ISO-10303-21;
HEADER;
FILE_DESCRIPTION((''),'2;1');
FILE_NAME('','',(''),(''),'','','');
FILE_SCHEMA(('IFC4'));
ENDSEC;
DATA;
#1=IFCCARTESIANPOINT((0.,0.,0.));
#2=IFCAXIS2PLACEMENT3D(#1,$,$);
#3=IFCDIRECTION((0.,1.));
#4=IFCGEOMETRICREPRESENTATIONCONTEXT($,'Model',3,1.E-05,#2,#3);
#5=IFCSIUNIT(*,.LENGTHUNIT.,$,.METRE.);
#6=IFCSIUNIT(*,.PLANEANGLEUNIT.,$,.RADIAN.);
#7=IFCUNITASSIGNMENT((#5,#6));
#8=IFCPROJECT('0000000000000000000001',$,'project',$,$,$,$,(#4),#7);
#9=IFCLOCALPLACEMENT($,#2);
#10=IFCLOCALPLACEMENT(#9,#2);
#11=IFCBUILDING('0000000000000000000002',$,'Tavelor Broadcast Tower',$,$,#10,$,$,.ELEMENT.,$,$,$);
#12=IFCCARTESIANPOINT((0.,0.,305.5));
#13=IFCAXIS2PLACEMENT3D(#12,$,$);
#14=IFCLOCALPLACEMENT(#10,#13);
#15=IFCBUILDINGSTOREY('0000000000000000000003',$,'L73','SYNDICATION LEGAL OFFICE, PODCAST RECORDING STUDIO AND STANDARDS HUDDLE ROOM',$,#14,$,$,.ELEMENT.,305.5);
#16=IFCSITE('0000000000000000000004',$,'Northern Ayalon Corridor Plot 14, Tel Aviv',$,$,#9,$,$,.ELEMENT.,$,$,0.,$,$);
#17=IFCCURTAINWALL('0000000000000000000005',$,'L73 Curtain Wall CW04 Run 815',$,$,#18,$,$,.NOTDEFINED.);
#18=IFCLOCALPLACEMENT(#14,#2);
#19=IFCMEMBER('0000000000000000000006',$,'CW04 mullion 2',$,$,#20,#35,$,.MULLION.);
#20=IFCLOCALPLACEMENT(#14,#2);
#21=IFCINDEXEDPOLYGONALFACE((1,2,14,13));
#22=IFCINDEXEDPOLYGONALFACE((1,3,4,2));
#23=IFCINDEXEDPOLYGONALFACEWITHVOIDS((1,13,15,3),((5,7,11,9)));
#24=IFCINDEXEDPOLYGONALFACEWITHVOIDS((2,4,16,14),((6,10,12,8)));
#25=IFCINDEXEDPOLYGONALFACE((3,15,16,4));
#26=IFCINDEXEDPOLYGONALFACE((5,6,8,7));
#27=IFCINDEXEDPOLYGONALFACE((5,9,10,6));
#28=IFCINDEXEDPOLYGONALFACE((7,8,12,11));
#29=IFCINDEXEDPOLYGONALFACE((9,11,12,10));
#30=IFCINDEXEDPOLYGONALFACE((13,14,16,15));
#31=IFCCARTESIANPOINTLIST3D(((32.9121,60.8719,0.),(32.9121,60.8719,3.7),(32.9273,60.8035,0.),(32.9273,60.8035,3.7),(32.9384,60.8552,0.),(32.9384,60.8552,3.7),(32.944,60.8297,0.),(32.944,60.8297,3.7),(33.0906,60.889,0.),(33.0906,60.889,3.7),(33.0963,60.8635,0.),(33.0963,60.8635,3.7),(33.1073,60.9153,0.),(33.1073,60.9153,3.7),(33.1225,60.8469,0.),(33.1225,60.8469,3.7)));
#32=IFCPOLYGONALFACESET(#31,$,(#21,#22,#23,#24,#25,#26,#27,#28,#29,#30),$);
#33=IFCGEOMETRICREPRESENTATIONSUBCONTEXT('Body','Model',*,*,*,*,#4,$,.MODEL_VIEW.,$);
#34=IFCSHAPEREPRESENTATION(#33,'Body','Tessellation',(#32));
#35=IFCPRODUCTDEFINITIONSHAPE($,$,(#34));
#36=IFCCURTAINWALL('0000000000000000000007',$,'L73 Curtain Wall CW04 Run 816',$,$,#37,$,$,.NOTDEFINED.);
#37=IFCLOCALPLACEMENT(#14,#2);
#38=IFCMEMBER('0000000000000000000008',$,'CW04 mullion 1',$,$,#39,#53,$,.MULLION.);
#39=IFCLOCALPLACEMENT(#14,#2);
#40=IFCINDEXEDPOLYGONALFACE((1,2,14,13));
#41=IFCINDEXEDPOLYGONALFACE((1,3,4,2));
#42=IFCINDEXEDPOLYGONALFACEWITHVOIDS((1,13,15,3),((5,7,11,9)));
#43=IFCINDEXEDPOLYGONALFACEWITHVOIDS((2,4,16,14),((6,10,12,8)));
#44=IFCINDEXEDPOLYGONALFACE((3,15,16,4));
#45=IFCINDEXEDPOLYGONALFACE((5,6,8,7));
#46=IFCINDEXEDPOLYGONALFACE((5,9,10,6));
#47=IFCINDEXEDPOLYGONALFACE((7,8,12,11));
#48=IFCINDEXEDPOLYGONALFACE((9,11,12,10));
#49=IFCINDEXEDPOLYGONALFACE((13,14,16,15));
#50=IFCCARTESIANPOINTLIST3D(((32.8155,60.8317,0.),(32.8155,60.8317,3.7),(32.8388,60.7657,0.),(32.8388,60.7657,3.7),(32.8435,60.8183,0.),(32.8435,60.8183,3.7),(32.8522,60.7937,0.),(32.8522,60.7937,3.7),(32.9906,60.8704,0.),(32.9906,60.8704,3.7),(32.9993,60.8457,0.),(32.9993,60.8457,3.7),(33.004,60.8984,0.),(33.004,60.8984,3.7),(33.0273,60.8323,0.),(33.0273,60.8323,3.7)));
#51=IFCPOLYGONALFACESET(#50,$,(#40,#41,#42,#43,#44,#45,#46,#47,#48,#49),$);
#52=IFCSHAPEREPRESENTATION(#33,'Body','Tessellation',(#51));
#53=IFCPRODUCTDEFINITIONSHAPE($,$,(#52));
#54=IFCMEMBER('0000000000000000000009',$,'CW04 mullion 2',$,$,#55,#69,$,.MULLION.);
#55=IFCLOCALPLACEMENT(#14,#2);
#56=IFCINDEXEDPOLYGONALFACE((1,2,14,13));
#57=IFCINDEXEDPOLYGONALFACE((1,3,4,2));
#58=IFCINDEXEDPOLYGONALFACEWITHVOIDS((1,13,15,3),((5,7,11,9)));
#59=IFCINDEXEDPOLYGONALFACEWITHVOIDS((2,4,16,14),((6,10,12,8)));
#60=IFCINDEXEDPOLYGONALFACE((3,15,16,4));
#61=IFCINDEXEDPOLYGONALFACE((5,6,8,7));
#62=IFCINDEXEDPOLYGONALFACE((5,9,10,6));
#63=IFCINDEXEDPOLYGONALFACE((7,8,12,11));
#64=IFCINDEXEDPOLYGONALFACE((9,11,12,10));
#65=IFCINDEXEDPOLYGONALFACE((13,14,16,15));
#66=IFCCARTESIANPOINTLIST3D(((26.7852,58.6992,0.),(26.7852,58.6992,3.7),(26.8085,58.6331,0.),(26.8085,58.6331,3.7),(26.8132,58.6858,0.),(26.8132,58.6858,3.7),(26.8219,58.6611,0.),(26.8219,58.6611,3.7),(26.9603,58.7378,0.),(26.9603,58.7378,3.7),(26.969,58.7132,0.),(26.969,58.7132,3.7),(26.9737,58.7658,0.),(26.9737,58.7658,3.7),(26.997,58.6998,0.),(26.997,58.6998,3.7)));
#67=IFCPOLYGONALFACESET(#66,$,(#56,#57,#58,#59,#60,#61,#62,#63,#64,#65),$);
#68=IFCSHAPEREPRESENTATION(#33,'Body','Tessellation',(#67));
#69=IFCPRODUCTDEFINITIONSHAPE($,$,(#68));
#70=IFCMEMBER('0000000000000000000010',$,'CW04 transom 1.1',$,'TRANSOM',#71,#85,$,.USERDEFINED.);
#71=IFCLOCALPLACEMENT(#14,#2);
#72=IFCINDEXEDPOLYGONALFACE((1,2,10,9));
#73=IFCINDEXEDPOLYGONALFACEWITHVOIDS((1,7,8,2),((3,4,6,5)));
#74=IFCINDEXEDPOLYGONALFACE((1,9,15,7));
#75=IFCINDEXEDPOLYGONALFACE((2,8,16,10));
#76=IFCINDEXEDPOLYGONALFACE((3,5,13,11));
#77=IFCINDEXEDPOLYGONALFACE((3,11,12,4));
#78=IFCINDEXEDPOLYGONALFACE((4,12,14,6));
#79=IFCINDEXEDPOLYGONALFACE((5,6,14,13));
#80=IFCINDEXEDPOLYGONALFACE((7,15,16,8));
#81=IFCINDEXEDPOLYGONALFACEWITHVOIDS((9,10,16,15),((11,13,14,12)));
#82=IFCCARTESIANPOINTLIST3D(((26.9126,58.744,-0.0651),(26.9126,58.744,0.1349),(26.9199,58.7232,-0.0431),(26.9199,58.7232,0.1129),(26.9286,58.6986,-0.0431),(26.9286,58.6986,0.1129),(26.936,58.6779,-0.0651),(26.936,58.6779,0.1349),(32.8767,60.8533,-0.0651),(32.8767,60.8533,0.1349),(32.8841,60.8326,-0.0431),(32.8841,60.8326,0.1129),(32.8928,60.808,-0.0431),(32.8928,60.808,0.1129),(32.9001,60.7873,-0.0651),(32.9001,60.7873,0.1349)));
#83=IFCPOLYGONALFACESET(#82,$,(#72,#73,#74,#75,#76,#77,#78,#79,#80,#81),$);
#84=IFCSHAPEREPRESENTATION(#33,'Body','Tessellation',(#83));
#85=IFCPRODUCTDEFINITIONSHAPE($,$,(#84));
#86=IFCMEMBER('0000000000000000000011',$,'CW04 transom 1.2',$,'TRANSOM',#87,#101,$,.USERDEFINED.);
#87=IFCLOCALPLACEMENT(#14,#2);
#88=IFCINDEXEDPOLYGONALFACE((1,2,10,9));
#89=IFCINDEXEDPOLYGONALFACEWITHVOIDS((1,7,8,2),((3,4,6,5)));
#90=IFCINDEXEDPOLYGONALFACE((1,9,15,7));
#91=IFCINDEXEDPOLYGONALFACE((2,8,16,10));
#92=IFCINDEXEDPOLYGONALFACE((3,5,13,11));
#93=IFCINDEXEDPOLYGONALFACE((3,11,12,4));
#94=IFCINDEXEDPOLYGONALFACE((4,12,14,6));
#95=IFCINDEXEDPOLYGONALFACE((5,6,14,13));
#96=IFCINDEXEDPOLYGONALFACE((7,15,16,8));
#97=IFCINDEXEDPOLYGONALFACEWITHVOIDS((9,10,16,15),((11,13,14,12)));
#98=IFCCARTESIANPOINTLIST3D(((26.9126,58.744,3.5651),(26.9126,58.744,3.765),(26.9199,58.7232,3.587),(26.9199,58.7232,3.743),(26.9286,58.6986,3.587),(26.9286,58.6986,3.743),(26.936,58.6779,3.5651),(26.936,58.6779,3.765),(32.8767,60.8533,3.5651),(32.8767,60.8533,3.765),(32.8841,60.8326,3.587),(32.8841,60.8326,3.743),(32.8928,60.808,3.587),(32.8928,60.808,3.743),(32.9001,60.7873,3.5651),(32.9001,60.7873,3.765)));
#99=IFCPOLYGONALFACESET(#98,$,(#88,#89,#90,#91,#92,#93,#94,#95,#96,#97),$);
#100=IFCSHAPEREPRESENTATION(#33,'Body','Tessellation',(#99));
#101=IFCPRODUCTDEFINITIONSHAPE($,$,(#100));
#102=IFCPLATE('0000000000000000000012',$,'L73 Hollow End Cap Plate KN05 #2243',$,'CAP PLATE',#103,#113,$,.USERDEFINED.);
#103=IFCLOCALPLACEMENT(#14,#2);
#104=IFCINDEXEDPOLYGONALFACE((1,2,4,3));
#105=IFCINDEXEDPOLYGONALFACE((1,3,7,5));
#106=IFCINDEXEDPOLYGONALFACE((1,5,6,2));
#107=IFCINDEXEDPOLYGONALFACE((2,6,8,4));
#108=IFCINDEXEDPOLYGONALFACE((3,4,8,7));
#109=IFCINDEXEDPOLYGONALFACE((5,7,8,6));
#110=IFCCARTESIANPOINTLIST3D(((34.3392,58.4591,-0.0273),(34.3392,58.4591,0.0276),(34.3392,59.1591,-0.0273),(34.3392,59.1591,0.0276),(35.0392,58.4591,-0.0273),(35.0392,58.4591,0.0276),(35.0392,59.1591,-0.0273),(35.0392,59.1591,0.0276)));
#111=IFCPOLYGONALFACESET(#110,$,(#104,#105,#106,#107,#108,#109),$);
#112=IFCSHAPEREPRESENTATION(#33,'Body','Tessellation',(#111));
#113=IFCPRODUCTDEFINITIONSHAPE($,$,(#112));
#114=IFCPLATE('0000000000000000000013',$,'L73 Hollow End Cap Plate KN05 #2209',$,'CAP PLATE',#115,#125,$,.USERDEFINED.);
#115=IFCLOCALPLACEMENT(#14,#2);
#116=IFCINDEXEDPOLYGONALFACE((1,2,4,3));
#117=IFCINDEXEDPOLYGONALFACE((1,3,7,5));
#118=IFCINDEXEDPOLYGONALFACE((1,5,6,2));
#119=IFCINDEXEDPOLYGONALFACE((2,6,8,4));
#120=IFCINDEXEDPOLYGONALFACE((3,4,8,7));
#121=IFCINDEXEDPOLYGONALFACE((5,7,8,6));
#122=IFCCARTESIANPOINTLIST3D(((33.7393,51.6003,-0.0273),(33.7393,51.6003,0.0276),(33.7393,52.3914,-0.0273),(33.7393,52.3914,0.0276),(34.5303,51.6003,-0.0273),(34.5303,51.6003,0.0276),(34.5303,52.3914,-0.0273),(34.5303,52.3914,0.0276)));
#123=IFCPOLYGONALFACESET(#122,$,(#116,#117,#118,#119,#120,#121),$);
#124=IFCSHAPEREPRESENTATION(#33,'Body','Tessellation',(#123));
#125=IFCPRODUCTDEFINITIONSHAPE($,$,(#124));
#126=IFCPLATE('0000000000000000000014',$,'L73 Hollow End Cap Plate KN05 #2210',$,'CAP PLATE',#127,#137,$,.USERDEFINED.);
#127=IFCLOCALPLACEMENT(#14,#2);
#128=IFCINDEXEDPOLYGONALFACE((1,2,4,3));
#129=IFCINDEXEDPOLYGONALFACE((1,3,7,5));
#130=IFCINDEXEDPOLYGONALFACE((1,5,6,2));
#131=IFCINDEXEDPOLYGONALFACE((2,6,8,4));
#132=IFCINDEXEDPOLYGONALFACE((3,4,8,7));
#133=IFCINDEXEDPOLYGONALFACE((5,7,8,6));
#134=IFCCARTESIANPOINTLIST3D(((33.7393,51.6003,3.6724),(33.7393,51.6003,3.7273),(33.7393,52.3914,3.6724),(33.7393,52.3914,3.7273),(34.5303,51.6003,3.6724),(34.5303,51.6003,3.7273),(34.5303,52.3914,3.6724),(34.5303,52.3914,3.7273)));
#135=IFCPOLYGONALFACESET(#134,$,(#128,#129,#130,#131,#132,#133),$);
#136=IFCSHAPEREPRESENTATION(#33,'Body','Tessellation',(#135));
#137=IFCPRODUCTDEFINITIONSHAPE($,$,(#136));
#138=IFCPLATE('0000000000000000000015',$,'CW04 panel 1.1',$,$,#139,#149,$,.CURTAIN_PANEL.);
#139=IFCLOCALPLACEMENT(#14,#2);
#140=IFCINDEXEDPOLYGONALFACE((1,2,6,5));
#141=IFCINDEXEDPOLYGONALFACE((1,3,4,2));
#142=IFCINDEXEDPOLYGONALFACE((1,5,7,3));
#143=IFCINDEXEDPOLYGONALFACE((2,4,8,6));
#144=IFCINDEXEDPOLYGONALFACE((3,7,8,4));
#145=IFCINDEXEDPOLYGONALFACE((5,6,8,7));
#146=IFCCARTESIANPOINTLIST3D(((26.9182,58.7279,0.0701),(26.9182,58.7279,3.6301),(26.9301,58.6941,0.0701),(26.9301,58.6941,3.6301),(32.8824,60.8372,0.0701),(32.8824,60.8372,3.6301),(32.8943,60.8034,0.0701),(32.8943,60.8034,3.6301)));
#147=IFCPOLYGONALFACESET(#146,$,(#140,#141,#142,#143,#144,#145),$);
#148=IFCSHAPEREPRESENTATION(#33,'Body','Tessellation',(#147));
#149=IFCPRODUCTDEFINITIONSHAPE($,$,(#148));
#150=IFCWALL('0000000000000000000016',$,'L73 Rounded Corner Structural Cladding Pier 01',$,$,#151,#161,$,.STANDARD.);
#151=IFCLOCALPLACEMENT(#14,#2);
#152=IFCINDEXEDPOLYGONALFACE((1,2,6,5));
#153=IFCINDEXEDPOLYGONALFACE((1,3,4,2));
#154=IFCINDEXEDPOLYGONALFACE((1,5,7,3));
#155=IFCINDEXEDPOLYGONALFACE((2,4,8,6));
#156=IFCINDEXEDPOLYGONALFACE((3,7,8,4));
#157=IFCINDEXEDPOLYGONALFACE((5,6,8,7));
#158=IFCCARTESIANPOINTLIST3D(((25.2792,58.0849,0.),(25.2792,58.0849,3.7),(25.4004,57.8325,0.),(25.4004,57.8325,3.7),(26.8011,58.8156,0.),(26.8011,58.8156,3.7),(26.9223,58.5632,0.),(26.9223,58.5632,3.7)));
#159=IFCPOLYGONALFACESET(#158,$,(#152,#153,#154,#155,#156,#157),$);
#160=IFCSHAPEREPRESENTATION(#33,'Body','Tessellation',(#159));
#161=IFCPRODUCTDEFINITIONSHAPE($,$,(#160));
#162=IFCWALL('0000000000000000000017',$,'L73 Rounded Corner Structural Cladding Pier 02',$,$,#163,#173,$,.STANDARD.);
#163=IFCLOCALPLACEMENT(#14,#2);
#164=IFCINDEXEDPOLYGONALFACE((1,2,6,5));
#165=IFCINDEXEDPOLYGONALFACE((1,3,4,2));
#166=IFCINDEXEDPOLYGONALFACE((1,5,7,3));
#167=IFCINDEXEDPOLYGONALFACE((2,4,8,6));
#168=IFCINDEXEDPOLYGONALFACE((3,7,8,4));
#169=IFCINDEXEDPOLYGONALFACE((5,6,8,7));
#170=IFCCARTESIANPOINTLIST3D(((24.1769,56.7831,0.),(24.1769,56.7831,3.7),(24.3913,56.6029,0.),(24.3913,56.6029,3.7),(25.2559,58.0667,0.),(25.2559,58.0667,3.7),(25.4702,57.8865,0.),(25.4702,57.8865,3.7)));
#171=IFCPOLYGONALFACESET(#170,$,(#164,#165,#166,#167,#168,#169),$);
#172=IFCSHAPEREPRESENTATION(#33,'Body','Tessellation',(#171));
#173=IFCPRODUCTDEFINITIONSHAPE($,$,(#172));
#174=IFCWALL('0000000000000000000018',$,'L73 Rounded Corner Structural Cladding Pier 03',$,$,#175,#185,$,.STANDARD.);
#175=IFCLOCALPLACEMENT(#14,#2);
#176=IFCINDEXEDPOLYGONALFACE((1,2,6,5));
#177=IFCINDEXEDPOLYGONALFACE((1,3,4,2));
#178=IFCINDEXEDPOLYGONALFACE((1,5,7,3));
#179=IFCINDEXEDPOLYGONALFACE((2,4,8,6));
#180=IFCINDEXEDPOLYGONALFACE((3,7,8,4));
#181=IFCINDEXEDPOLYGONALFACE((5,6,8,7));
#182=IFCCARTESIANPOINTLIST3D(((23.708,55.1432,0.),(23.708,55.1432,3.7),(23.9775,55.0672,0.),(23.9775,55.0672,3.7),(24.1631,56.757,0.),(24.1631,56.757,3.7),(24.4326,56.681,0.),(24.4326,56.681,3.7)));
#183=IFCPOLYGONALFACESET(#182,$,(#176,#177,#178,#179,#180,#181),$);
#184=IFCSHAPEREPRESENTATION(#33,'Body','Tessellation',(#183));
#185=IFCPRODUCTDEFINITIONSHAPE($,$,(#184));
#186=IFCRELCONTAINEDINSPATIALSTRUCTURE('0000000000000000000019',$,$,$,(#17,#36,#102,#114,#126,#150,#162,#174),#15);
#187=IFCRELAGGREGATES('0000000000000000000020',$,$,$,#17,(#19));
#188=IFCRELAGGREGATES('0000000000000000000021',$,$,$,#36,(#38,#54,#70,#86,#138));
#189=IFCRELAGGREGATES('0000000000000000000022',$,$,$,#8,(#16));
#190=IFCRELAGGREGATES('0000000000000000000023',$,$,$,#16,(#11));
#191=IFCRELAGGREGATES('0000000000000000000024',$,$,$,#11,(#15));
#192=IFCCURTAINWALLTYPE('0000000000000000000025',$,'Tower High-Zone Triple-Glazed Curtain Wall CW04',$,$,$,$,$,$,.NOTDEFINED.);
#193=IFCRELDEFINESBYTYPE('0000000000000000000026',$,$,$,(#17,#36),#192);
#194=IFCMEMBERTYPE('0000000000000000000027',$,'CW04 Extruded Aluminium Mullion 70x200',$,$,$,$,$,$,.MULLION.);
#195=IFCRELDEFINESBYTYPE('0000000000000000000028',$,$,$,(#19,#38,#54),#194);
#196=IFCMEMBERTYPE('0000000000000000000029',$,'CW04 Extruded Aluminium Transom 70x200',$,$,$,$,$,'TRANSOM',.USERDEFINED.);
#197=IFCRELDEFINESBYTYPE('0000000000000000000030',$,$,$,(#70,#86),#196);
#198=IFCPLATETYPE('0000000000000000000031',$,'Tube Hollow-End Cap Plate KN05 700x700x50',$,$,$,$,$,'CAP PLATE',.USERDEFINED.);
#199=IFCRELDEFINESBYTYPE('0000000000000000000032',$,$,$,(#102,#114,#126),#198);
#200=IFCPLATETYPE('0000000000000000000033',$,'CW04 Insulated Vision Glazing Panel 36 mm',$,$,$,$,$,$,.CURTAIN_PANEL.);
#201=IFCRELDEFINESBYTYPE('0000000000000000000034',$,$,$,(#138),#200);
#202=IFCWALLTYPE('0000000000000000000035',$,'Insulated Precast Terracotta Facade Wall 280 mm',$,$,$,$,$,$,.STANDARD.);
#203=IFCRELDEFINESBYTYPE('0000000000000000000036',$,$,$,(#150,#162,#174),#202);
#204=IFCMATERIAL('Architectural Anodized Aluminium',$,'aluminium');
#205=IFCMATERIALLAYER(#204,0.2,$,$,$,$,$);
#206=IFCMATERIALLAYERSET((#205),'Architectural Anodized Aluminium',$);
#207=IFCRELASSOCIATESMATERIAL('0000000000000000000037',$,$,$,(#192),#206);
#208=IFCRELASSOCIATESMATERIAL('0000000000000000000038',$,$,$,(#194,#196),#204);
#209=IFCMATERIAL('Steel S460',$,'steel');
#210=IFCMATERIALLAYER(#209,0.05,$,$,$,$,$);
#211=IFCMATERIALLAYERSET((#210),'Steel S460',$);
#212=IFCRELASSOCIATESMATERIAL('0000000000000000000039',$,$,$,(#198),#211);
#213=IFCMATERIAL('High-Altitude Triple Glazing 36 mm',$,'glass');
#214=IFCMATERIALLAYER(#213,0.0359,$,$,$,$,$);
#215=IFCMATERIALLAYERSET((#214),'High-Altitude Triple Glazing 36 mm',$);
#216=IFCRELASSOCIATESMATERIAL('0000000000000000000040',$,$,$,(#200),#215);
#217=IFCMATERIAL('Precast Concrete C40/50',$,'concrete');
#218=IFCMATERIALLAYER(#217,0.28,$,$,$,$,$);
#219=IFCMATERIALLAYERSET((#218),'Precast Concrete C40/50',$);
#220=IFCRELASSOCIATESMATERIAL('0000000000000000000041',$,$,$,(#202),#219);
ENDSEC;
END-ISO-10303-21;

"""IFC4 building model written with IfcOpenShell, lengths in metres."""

from ifc_helpers import new_model, si_unit, direction, frame, frame_2d, origin, origin_2d, place, context, subcontext, project, spatial, rectangle, hollow_rectangle, extrude, source, transform, mapped, material, layer, layer_set, material_profile, profile_set, type_object, type_shapes, element, aggregate, save


model = new_model("IFC4")

# Units and contexts
model_context = context("Model", 3, precision=1e-05, world=origin(), true_north=direction((0.0, 1.0)))
body_context = subcontext(model_context, "Body", "Model", "MODEL_VIEW")
ifc_project = project(units=[si_unit("LENGTHUNIT", "METRE"), si_unit("PLANEANGLEUNIT", "RADIAN")], contexts=[model_context])

# Site, building, storey
site_placement = place(None, origin())
site = spatial("IfcSite", under=ifc_project, at=site_placement, Name="Northern Ayalon Corridor Plot 14, Tel Aviv", CompositionType="ELEMENT", RefElevation=0.0)
building_placement = place(site_placement, origin())
building = spatial("IfcBuilding", under=site, at=building_placement, Name="Tavelor Broadcast Tower", CompositionType="ELEMENT")
storey_placement = place(building_placement, frame((0.0, 0.0, 305.5)))
storey = spatial("IfcBuildingStorey", under=building, at=storey_placement, Name="L73", Description="SYNDICATION LEGAL OFFICE, PODCAST RECORDING STUDIO AND STANDARDS HUDDLE ROOM", CompositionType="ELEMENT", Elevation=305.5)

# Shared definitions
ifc_material_1 = material(Name="Steel S460", Category="steel")

# Curtain wall, member
ifc_material_2 = material(Name="Architectural Anodized Aluminium", Category="aluminium")
ifc_layer_1 = layer(ifc_material_2, 0.2)
ifc_layer_set_1 = layer_set([ifc_layer_1], Name="Architectural Anodized Aluminium")
curtain_wall_type = type_object("IfcCurtainWallType", Name="Tower High-Zone Triple-Glazed Curtain Wall CW04", PredefinedType="NOTDEFINED", material=ifc_layer_set_1)
curtain_wall_1_placement = place(storey_placement, origin())
curtain_wall_1 = element("IfcCurtainWall", 1, at=curtain_wall_1_placement, inside=storey, type_object=curtain_wall_type, Name="L73 Curtain Wall CW04 Run 815", PredefinedType="NOTDEFINED")
ifc_material_profile_1 = material_profile(ifc_material_2, hollow_rectangle(XDim=0.0701, YDim=0.2, WallThickness=0.022, at=origin_2d()), Name="RHS 70x200x22")
ifc_profile_set_1 = profile_set([ifc_material_profile_1], Name="Architectural Anodized Aluminium")
member_type_1 = type_object("IfcMemberType", Name="CW04 Extruded Aluminium Mullion 70x200", PredefinedType="MULLION", material=ifc_profile_set_1)
shared_shape_1 = source(origin(), body_context, "Body", "SweptSolid", [
    extrude(hollow_rectangle(XDim=0.0701, YDim=0.2, WallThickness=0.022, at=origin_2d()), origin(), (0.0, 0.0, 1.0), 3.7),
])
type_shapes(member_type_1, [shared_shape_1])
member_1_placement = place(storey_placement, frame((33.0173, 60.8594, 0.0), z_axis=(0.0, 0.0, 1.0), x_axis=(0.216876, -0.976199, 0.0)))
member_1 = element("IfcMember", 2, at=member_1_placement, type_object=member_type_1, Name="CW04 mullion 2", PredefinedType="MULLION", context=body_context, shape_type="MappedRepresentation", body=[
    mapped(shared_shape_1, transform((0.0, 0.0, 0.0), scale=1.0)),
])
aggregate(curtain_wall_1, [member_1])

# Curtain wall, members
curtain_wall_2_placement = place(storey_placement, origin())
curtain_wall_2 = element("IfcCurtainWall", 3, at=curtain_wall_2_placement, inside=storey, type_object=curtain_wall_type, Name="L73 Curtain Wall CW04 Run 816", PredefinedType="NOTDEFINED")
member_2_placement = place(storey_placement, frame((32.9214, 60.832, 0.0), z_axis=(0.0, 0.0, 1.0), x_axis=(0.333425, -0.942777, 0.0)))
member_2 = element("IfcMember", 4, at=member_2_placement, type_object=member_type_1, Name="CW04 mullion 1", PredefinedType="MULLION", context=body_context, shape_type="MappedRepresentation", body=[
    mapped(shared_shape_1, transform((0.0, 0.0, 0.0), scale=1.0)),
])
member_3_placement = place(storey_placement, frame((26.8911, 58.6995, 0.0), z_axis=(0.0, 0.0, 1.0), x_axis=(0.333425, -0.942777, 0.0)))
member_3 = element("IfcMember", 5, at=member_3_placement, type_object=member_type_1, Name="CW04 mullion 2", PredefinedType="MULLION", context=body_context, shape_type="MappedRepresentation", body=[
    mapped(shared_shape_1, transform((0.0, 0.0, 0.0), scale=1.0)),
])
ifc_material_profile_2 = material_profile(ifc_material_2, hollow_rectangle(XDim=0.0701, YDim=0.2, WallThickness=0.022, at=origin_2d()), Name="RHS 70x200x22")
ifc_profile_set_2 = profile_set([ifc_material_profile_2], Name="Architectural Anodized Aluminium")
member_type_2 = type_object("IfcMemberType", Name="CW04 Extruded Aluminium Transom 70x200", ElementType="TRANSOM", PredefinedType="USERDEFINED", material=ifc_profile_set_2)
shared_shape_2 = source(origin(), body_context, "Body", "SweptSolid", [
    extrude(hollow_rectangle(XDim=0.0701, YDim=0.2, WallThickness=0.022, at=origin_2d()), origin(), (0.0, 0.0, 1.0), 6.3262),
])
type_shapes(member_type_2, [shared_shape_2])
member_4_placement = place(storey_placement, frame((32.8884, 60.8203, 0.0349), z_axis=(-0.942772, -0.333438, 0.0), x_axis=(0.333438, -0.942772, 0.0)))
member_4 = element("IfcMember", 6, at=member_4_placement, type_object=member_type_2, Name="CW04 transom 1.1", ObjectType="TRANSOM", PredefinedType="USERDEFINED", context=body_context, shape_type="MappedRepresentation", body=[
    mapped(shared_shape_2, transform((0.0, 0.0, 0.0), scale=1.0)),
])
member_5_placement = place(storey_placement, frame((32.8884, 60.8203, 3.665), z_axis=(-0.942772, -0.333438, 0.0), x_axis=(0.333438, -0.942772, 0.0)))
member_5 = element("IfcMember", 7, at=member_5_placement, type_object=member_type_2, Name="CW04 transom 1.2", ObjectType="TRANSOM", PredefinedType="USERDEFINED", context=body_context, shape_type="MappedRepresentation", body=[
    mapped(shared_shape_2, transform((0.0, 0.0, 0.0), scale=1.0)),
])

# Plates
ifc_layer_2 = layer(ifc_material_1, 0.05)
ifc_layer_set_2 = layer_set([ifc_layer_2], Name="Steel S460")
plate_type_1 = type_object("IfcPlateType", Name="Tube Hollow-End Cap Plate KN05 700x700x50", ElementType="CAP PLATE", PredefinedType="USERDEFINED", material=ifc_layer_set_2)
shared_shape_3 = source(origin(), body_context, "Body", "SweptSolid", [
    extrude(rectangle(XDim=0.7, YDim=0.7, at=origin_2d()), origin(), (0.0, 0.0, 1.0), 0.0549),
])
plate_1_placement = place(storey_placement, frame((34.6892, 58.8091, -0.0273), z_axis=(0.0, 0.0, 1.0), x_axis=(1.0, 0.0, 0.0)))
element("IfcPlate", 8, at=plate_1_placement, inside=storey, type_object=plate_type_1, Name="L73 Hollow End Cap Plate KN05 #2243", ObjectType="CAP PLATE", PredefinedType="USERDEFINED", context=body_context, shape_type="MappedRepresentation", body=[
    mapped(shared_shape_3, transform((0.0, 0.0, 0.0), scale=1.0)),
])
shared_shape_4 = source(origin(), body_context, "Body", "SweptSolid", [
    extrude(rectangle(XDim=0.791, YDim=0.791, at=origin_2d()), origin(), (0.0, 0.0, 1.0), 0.0549),
])
type_shapes(plate_type_1, [shared_shape_3, shared_shape_4])
for number, where, z_axis, x_axis, name in (
    (9, (34.1348, 51.9958, -0.0273), (0.0, 0.0, 1.0), (1.0, 0.0, 0.0), "L73 Hollow End Cap Plate KN05 #2209"),
    (10, (34.1348, 51.9958, 3.6724), (0.0, 0.0, 1.0), (1.0, 0.0, 0.0), "L73 Hollow End Cap Plate KN05 #2210"),
):
    element("IfcPlate", number, at=place(storey_placement, frame(where, z_axis=z_axis, x_axis=x_axis)), inside=storey, type_object=plate_type_1, Name=name, ObjectType="CAP PLATE", PredefinedType="USERDEFINED", context=body_context, shape_type="MappedRepresentation", body=[
        mapped(shared_shape_4, transform((0.0, 0.0, 0.0), scale=1.0)),
    ])

# Plate
ifc_material_3 = material(Name="High-Altitude Triple Glazing 36 mm", Category="glass")
ifc_layer_3 = layer(ifc_material_3, 0.0359)
ifc_layer_set_3 = layer_set([ifc_layer_3], Name="High-Altitude Triple Glazing 36 mm")
plate_type_2 = type_object("IfcPlateType", Name="CW04 Insulated Vision Glazing Panel 36 mm", PredefinedType="CURTAIN_PANEL", material=ifc_layer_set_3)
shared_shape_5 = source(origin(), body_context, "Body", "SweptSolid", [
    extrude(rectangle(XDim=6.3262, YDim=0.0359, at=origin_2d()), origin(), (0.0, 0.0, 1.0), 3.5601),
])
type_shapes(plate_type_2, [shared_shape_5])
plate_2_placement = place(storey_placement, frame((29.9062, 59.7656, 0.0701), z_axis=(0.0, 0.0, 1.0), x_axis=(-0.942777, -0.333425, 0.0)))
plate_2 = element("IfcPlate", 11, at=plate_2_placement, type_object=plate_type_2, Name="CW04 panel 1.1", PredefinedType="CURTAIN_PANEL", context=body_context, shape_type="MappedRepresentation", body=[
    mapped(shared_shape_5, transform((0.0, 0.0, 0.0), scale=1.0)),
])
aggregate(curtain_wall_2, [member_2, member_3, member_4, member_5, plate_2])

# Walls
ifc_material_4 = material(Name="Precast Concrete C40/50", Category="concrete")
ifc_layer_4 = layer(ifc_material_4, 0.28)
ifc_layer_set_4 = layer_set([ifc_layer_4], Name="Precast Concrete C40/50")
wall_type_1 = type_object("IfcWallType", Name="Insulated Precast Terracotta Facade Wall 280 mm", PredefinedType="STANDARD", material=ifc_layer_set_4)
wall_1_placement = place(storey_placement, frame((26.8618, 58.6895, 0.0), z_axis=(0.0, 0.0, 1.0), x_axis=(-0.901485, -0.432811, 0.0)))
element("IfcWall", 12, at=wall_1_placement, inside=storey, type_object=wall_type_1, Name="L73 Rounded Corner Structural Cladding Pier 01", PredefinedType="STANDARD", context=body_context, shape_type="SweptSolid", body=[
    extrude(rectangle(XDim=1.6882, YDim=0.28, at=frame_2d((0.8442, 0.0))), origin(), (0.0, 0.0, 1.0), 3.7),
])
for number, where, z_axis, x_axis, name in (
    (13, (25.363, 57.9766, 0.0), (0.0, 0.0, 1.0), (-0.643458, -0.765481, 0.0), "L73 Rounded Corner Structural Cladding Pier 02"),
    (14, (24.2979, 56.719, 0.0), (0.0, 0.0, 1.0), (-0.271412, -0.962463, 0.0), "L73 Rounded Corner Structural Cladding Pier 03"),
):
    element("IfcWall", number, at=place(storey_placement, frame(where, z_axis=z_axis, x_axis=x_axis)), inside=storey, type_object=wall_type_1, Name=name, PredefinedType="STANDARD", context=body_context, shape_type="SweptSolid", body=[
        extrude(rectangle(XDim=1.6768, YDim=0.28, at=frame_2d((0.8384, 0.0))), origin(), (0.0, 0.0, 1.0), 3.7),
    ])

save(model, "model.ifc")
